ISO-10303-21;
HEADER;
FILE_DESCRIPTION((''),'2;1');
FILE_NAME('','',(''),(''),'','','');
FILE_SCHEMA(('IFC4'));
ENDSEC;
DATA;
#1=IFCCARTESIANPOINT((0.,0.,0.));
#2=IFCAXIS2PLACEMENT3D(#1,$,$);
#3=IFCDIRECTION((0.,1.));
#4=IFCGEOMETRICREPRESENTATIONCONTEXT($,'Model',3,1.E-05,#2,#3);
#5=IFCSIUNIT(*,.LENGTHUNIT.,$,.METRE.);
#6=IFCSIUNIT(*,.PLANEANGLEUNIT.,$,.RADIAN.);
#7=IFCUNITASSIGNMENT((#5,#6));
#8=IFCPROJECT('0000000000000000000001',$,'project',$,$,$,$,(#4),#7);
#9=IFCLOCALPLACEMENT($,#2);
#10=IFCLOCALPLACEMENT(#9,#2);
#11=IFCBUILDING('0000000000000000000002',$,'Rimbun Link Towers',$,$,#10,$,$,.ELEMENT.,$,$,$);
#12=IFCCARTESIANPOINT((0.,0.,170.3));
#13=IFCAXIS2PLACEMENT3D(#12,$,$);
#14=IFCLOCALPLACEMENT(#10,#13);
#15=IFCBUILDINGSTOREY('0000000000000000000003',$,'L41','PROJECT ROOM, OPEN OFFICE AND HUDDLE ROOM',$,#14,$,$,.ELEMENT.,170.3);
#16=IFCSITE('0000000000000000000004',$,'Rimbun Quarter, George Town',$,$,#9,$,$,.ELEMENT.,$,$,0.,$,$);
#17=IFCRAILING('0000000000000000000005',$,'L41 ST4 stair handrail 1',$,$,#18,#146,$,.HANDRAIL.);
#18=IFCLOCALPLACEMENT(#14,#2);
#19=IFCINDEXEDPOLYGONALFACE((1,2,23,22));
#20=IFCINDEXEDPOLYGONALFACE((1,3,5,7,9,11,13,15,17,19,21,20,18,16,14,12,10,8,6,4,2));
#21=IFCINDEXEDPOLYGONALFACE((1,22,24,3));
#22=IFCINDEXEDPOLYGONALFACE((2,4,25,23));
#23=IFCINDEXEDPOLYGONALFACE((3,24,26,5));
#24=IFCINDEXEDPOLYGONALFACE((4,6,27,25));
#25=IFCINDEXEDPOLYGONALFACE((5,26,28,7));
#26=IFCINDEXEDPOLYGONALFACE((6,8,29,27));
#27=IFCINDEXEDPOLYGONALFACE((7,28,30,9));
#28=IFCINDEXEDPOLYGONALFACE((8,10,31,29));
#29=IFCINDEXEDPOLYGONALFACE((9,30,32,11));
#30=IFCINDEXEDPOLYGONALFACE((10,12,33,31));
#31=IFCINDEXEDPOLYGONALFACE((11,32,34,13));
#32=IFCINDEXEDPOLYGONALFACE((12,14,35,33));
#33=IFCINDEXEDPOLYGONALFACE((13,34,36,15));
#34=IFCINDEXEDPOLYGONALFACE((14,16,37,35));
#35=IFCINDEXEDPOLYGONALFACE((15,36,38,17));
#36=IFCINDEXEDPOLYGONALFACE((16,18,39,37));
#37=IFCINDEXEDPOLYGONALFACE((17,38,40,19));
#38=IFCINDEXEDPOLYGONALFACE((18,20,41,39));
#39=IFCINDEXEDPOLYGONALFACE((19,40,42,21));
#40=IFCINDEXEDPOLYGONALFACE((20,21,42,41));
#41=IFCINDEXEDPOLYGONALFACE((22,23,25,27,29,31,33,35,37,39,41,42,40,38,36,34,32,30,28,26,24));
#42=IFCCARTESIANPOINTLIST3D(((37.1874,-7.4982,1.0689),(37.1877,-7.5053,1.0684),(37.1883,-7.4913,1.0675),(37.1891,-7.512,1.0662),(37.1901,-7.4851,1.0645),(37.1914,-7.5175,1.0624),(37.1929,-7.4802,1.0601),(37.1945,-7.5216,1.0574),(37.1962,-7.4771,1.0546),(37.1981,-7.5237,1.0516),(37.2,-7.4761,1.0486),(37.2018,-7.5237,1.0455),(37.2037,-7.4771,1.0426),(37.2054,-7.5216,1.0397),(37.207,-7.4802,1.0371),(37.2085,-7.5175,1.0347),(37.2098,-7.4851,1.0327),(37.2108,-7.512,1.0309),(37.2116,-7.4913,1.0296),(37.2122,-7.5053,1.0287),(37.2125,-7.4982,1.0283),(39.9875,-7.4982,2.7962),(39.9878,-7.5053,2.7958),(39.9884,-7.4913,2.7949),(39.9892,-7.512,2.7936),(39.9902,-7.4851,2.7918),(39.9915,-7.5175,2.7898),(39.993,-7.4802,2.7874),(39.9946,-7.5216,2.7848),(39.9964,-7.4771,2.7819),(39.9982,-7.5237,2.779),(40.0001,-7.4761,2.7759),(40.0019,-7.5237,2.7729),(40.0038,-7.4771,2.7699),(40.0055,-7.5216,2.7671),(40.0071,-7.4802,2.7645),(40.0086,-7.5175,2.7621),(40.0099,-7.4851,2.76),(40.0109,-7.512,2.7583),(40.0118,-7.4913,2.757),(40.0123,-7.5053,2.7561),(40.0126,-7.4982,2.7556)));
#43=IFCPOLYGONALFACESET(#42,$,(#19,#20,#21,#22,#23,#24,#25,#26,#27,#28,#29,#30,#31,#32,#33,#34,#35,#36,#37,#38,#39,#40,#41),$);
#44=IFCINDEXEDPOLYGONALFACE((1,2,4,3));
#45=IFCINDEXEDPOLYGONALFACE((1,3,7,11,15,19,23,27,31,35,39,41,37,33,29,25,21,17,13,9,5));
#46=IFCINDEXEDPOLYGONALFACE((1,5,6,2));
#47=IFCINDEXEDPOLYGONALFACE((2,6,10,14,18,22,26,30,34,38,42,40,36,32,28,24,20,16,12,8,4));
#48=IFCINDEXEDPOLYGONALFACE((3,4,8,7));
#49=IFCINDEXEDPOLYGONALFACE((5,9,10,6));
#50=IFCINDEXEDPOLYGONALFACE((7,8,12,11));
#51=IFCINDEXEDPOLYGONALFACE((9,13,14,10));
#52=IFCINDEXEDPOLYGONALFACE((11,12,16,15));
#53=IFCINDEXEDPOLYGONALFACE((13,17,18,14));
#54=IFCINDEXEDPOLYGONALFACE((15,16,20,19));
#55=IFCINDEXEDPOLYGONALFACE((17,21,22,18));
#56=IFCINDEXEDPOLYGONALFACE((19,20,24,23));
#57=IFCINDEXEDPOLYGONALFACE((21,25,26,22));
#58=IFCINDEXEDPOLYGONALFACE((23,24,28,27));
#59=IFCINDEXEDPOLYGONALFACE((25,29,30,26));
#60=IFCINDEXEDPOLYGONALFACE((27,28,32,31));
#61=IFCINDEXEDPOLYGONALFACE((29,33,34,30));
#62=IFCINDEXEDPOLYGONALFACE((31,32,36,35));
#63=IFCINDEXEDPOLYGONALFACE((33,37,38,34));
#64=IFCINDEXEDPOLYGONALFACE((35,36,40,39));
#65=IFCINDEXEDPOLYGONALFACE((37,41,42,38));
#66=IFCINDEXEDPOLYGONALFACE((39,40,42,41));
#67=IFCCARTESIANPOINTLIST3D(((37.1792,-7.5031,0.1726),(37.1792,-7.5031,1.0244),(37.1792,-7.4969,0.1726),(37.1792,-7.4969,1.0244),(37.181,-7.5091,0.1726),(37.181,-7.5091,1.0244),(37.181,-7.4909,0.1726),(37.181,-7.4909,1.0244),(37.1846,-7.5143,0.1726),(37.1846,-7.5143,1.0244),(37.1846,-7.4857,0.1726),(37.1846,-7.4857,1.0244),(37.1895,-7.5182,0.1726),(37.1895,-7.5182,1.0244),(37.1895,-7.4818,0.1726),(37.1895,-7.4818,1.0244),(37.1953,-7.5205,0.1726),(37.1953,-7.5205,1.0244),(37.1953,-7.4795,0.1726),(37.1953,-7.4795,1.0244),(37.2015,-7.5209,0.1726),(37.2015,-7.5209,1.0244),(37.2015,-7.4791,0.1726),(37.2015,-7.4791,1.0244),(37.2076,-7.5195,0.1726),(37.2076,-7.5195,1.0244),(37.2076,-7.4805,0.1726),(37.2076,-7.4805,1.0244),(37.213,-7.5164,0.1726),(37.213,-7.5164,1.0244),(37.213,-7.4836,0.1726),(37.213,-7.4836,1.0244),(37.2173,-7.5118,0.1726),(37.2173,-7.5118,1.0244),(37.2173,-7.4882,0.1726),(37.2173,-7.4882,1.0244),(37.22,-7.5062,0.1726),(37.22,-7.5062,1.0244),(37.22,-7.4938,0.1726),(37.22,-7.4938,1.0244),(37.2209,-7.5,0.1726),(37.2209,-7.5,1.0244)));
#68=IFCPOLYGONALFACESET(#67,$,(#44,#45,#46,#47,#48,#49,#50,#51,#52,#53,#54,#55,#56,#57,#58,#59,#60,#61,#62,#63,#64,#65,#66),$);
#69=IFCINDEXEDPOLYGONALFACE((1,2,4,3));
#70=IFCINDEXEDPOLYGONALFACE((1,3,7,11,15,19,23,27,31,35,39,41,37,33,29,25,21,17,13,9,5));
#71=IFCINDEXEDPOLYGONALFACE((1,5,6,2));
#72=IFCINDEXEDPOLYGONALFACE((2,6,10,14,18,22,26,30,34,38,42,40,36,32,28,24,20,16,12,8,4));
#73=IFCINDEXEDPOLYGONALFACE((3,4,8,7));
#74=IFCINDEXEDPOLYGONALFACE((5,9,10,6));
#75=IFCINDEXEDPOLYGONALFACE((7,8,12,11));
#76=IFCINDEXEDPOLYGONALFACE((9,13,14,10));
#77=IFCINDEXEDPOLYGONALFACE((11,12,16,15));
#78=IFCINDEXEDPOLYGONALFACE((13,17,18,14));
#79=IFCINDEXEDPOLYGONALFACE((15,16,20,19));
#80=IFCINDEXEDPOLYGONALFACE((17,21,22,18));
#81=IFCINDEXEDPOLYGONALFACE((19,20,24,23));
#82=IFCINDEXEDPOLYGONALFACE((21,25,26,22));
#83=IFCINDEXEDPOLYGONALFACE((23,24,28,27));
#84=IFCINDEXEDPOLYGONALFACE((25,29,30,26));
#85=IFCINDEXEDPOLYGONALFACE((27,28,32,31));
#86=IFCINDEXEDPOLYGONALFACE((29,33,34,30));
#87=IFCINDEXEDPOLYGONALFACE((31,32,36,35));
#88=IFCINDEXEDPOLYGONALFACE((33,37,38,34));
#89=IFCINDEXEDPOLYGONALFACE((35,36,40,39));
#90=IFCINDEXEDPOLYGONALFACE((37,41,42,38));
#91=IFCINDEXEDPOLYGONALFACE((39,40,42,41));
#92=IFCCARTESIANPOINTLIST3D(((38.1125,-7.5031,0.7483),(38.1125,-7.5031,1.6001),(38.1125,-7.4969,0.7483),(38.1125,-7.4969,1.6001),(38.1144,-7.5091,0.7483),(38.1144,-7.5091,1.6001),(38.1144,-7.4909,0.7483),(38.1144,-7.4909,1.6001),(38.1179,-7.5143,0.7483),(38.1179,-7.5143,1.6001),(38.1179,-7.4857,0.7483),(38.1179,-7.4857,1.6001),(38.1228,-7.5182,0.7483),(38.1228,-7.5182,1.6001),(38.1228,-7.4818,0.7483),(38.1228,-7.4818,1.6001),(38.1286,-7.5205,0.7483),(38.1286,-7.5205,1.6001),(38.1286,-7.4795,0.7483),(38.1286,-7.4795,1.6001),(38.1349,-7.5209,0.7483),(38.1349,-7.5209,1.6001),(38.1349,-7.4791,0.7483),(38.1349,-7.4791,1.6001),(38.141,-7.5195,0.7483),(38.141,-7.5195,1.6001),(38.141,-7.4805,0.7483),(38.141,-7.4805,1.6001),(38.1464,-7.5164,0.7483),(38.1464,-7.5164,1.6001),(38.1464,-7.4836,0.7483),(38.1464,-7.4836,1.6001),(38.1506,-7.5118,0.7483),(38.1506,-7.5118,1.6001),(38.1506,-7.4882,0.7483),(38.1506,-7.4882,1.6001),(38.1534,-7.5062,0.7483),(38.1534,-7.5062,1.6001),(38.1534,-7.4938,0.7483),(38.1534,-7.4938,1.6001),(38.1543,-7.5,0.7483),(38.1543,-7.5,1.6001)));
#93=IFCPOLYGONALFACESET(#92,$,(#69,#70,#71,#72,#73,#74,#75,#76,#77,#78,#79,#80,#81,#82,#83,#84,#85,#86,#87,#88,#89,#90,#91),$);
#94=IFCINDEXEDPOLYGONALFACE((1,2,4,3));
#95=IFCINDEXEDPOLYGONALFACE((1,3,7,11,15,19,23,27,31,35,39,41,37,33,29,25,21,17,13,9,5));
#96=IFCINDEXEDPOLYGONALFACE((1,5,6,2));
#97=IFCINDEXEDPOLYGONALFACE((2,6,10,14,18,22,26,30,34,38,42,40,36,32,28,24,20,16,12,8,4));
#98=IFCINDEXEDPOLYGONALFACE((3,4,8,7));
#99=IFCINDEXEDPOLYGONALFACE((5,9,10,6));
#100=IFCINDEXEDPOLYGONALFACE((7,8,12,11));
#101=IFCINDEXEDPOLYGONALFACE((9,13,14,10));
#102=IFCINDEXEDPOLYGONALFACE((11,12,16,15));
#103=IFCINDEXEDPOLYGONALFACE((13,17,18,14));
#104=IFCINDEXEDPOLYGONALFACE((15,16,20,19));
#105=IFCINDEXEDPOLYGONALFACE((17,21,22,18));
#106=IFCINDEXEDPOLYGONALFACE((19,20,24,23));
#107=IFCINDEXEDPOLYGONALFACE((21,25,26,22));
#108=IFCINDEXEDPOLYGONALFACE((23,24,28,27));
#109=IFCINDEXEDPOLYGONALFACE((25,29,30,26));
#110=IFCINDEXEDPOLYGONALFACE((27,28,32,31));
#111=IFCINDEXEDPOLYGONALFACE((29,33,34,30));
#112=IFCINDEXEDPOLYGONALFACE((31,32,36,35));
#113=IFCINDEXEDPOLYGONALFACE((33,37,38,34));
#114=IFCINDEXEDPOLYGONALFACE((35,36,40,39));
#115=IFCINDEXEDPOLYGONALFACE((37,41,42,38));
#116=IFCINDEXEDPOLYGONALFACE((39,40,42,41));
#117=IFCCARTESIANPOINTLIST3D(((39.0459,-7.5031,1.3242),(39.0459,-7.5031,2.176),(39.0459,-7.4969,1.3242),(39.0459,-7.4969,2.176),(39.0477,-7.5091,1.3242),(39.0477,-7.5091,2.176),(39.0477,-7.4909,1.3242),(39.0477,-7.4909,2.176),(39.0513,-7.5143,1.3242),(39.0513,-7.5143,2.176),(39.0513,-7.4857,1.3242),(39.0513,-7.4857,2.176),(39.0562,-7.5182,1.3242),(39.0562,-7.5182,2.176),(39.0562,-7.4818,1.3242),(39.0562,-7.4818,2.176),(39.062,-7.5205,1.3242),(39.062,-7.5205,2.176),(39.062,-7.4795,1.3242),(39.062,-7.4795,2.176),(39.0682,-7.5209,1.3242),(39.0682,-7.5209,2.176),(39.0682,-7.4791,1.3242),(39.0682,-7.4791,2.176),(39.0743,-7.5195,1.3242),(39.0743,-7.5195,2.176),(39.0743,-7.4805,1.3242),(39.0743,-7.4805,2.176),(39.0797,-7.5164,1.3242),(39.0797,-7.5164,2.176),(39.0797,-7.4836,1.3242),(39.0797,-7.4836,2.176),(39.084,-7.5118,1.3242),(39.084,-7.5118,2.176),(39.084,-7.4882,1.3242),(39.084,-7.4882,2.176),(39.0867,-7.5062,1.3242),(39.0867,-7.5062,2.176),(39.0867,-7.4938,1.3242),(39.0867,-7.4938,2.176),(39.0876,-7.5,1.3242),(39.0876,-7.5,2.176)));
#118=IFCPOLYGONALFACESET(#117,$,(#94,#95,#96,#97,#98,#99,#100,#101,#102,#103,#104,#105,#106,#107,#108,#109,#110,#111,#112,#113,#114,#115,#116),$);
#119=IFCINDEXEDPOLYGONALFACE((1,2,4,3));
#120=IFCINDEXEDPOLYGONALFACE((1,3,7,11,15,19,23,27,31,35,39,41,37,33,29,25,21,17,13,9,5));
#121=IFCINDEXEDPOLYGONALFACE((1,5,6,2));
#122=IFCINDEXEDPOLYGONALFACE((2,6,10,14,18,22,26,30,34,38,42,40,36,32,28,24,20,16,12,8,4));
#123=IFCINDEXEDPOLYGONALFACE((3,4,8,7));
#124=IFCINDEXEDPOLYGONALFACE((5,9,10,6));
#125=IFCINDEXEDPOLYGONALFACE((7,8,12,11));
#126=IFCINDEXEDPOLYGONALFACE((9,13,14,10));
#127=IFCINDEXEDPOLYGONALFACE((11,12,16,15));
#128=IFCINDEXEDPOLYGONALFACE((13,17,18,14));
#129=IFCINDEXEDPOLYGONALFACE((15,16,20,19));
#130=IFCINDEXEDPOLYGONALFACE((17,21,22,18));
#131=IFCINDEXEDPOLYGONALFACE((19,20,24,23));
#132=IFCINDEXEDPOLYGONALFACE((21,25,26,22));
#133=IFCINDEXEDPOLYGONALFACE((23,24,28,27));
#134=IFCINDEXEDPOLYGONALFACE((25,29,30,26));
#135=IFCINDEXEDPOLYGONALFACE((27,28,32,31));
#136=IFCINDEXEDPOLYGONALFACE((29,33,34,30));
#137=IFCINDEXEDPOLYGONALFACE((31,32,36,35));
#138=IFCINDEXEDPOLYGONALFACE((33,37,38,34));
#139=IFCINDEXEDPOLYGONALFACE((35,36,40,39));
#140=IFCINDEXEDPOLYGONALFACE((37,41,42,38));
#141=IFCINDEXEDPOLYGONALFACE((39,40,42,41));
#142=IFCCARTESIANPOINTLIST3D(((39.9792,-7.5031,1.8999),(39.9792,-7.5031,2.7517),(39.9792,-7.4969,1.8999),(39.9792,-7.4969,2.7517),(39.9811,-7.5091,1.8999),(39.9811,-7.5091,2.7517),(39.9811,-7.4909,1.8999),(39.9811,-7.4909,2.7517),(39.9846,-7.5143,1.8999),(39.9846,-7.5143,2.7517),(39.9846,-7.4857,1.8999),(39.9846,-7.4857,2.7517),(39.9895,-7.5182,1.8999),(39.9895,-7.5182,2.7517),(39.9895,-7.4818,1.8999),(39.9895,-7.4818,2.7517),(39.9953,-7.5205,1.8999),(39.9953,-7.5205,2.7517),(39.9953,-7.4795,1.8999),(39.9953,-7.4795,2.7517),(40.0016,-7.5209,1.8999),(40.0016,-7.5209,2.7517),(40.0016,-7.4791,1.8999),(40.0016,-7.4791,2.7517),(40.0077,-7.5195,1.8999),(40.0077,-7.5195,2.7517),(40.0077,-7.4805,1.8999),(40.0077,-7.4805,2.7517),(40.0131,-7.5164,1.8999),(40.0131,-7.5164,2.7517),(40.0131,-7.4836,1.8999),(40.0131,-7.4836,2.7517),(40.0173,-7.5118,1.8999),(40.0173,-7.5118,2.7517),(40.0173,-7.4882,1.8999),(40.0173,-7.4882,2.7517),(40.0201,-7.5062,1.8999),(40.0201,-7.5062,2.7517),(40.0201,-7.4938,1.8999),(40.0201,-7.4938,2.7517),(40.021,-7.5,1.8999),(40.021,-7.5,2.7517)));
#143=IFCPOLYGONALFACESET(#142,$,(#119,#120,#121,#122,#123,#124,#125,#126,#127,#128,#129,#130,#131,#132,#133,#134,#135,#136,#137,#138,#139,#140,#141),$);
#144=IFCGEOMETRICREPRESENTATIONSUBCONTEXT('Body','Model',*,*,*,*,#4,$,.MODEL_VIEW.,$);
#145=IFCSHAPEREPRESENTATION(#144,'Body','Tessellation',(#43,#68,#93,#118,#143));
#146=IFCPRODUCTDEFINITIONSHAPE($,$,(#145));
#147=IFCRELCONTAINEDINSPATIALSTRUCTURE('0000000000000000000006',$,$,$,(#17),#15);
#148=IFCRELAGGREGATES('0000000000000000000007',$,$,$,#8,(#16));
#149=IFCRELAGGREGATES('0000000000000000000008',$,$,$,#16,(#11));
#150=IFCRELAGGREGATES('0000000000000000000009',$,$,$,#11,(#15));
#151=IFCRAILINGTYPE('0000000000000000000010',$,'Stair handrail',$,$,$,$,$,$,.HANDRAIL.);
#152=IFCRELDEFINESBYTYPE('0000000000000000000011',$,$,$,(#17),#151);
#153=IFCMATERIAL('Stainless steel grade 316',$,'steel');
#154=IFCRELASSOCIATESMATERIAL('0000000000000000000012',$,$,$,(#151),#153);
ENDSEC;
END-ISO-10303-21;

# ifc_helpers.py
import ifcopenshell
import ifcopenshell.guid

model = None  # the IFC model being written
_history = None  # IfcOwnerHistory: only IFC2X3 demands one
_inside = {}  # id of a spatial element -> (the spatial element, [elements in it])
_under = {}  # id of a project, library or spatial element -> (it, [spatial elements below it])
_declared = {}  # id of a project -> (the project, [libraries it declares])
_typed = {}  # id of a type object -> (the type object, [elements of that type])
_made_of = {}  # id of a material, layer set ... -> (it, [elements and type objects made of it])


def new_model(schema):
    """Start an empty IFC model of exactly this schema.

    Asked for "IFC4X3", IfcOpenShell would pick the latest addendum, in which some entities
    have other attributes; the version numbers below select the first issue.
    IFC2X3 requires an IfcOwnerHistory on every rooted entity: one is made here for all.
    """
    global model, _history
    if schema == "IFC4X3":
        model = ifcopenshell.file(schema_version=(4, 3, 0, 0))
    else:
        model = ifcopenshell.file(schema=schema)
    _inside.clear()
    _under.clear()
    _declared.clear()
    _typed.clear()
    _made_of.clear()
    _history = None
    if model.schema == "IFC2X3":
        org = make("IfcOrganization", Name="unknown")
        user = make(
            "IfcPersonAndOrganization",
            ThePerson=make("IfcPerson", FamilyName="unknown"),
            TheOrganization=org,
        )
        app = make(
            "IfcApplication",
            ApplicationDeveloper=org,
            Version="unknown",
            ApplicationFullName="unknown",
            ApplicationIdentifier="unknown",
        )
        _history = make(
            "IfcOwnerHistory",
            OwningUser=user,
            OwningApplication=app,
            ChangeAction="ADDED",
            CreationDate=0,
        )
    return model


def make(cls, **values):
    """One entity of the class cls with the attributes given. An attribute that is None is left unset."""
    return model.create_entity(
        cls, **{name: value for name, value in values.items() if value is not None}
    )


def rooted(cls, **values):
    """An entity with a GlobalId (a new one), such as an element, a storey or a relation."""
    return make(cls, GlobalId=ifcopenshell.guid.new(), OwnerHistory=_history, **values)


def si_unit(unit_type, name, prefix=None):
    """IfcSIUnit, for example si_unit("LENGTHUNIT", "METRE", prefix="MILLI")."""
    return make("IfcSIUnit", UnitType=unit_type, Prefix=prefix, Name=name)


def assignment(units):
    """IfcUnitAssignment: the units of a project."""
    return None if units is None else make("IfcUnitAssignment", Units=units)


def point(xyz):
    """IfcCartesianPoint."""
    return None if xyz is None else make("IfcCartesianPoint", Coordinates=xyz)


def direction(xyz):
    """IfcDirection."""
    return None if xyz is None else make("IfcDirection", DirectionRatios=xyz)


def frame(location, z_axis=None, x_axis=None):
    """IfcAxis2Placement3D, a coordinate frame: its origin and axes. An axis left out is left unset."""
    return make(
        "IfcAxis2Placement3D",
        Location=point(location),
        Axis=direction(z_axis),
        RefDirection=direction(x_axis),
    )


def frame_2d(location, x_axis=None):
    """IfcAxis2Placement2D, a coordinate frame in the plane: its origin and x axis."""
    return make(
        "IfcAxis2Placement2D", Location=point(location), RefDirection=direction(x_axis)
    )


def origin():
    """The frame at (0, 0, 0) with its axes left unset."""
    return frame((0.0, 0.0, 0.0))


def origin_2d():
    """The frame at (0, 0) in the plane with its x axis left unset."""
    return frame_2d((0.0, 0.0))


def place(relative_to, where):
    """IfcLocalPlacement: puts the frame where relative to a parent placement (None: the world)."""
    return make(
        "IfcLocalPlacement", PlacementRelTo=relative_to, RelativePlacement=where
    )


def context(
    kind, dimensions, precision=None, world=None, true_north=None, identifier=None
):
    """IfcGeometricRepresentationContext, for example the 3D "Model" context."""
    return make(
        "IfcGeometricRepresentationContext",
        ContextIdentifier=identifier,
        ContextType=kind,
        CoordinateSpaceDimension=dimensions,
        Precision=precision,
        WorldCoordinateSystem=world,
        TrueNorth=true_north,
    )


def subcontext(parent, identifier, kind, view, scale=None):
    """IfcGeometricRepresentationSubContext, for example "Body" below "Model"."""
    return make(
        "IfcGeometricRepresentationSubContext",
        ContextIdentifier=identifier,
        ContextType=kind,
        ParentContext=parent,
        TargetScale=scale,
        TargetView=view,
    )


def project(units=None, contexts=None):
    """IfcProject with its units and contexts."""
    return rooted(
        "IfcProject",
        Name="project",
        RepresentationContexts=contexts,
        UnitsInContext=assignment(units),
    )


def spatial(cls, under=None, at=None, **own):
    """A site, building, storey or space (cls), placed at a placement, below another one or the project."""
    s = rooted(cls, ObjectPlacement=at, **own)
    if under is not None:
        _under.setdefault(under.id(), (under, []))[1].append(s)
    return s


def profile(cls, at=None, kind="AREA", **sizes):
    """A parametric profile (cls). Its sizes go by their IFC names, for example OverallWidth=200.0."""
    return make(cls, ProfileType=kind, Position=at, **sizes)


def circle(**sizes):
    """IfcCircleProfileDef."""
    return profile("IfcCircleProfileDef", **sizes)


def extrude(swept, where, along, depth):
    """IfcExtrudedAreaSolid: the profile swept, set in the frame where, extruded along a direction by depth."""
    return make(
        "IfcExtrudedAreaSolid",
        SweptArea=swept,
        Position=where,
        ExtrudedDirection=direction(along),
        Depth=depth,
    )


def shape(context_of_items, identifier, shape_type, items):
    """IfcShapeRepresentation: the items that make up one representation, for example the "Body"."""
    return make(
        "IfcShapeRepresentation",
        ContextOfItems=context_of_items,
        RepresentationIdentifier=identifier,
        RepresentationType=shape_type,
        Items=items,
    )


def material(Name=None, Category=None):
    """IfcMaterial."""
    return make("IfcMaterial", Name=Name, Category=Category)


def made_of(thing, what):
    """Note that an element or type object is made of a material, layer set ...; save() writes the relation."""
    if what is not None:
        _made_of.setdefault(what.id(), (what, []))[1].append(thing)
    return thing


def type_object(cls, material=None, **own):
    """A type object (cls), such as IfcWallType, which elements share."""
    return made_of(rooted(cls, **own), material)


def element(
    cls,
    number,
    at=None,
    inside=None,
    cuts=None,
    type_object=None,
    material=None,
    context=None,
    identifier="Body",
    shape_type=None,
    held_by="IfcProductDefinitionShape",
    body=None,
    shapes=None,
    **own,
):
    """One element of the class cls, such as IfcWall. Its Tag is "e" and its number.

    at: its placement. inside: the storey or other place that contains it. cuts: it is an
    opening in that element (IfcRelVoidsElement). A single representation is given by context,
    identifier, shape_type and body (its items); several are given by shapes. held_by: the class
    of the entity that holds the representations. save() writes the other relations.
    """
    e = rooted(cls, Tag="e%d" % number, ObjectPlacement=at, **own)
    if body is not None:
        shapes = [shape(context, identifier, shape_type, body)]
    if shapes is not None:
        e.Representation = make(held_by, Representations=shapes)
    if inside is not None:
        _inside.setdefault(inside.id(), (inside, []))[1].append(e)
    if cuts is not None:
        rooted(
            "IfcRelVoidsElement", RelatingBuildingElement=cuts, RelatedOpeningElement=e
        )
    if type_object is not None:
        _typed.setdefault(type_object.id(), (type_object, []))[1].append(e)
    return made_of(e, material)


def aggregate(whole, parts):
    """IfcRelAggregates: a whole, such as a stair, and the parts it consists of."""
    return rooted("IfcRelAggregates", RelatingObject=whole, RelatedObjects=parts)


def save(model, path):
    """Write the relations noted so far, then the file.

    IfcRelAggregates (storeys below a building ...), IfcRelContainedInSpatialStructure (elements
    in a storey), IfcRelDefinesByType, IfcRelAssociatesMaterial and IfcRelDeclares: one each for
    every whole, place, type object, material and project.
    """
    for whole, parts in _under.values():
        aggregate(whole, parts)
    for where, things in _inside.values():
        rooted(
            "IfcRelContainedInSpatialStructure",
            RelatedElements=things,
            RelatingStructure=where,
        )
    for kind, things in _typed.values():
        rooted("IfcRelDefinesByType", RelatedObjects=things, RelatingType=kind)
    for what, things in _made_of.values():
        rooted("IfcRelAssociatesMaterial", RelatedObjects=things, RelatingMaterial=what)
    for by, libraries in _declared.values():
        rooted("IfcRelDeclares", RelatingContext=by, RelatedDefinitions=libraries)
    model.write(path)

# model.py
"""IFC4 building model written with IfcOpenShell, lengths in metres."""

from ifc_helpers import new_model, si_unit, direction, frame, origin, origin_2d, place, context, subcontext, project, spatial, circle, extrude, material, type_object, element, save


model = new_model("IFC4")

# Units and contexts
model_context = context("Model", 3, precision=1e-05, world=origin(), true_north=direction((0.0, 1.0)))
body_context = subcontext(model_context, "Body", "Model", "MODEL_VIEW")
ifc_project = project(units=[si_unit("LENGTHUNIT", "METRE"), si_unit("PLANEANGLEUNIT", "RADIAN")], contexts=[model_context])

# Site, building, storey
site_placement = place(None, origin())
site = spatial("IfcSite", under=ifc_project, at=site_placement, Name="Rimbun Quarter, George Town", CompositionType="ELEMENT", RefElevation=0.0)
building_placement = place(site_placement, origin())
building = spatial("IfcBuilding", under=site, at=building_placement, Name="Rimbun Link Towers", CompositionType="ELEMENT")
storey_placement = place(building_placement, frame((0.0, 0.0, 170.3)))
storey = spatial("IfcBuildingStorey", under=building, at=storey_placement, Name="L41", Description="PROJECT ROOM, OPEN OFFICE AND HUDDLE ROOM", CompositionType="ELEMENT", Elevation=170.3)

# Railing
ifc_material_1 = material(Name="Stainless steel grade 316", Category="steel")
railing_type_1 = type_object("IfcRailingType", Name="Stair handrail", PredefinedType="HANDRAIL", material=ifc_material_1)
railing_1_placement = place(storey_placement, frame((37.2, -7.5, 0.1726)))
element("IfcRailing", 1, at=railing_1_placement, inside=storey, type_object=railing_type_1, Name="L41 ST4 stair handrail 1", PredefinedType="HANDRAIL", context=body_context, shape_type="SweptSolid", body=[
    extrude(circle(Radius=0.0239, at=origin_2d()), frame((0.0, 0.0, 0.876), z_axis=(0.85109, 0.0, 0.52502), x_axis=(0.0, 1.0, 0.0)), (0.0, 0.0, 1.0), 3.29),
    extrude(circle(Radius=0.021, at=origin_2d()), origin(), (0.0, 0.0, 1.0), 0.8518),
    extrude(circle(Radius=0.021, at=origin_2d()), frame((0.9333, 0.0, 0.5757)), (0.0, 0.0, 1.0), 0.8518),
    extrude(circle(Radius=0.021, at=origin_2d()), frame((1.8667, 0.0, 1.1516)), (0.0, 0.0, 1.0), 0.8518),
    extrude(circle(Radius=0.021, at=origin_2d()), frame((2.8, 0.0, 1.7273)), (0.0, 0.0, 1.0), 0.8518),
])

save(model, "model.ifc")
